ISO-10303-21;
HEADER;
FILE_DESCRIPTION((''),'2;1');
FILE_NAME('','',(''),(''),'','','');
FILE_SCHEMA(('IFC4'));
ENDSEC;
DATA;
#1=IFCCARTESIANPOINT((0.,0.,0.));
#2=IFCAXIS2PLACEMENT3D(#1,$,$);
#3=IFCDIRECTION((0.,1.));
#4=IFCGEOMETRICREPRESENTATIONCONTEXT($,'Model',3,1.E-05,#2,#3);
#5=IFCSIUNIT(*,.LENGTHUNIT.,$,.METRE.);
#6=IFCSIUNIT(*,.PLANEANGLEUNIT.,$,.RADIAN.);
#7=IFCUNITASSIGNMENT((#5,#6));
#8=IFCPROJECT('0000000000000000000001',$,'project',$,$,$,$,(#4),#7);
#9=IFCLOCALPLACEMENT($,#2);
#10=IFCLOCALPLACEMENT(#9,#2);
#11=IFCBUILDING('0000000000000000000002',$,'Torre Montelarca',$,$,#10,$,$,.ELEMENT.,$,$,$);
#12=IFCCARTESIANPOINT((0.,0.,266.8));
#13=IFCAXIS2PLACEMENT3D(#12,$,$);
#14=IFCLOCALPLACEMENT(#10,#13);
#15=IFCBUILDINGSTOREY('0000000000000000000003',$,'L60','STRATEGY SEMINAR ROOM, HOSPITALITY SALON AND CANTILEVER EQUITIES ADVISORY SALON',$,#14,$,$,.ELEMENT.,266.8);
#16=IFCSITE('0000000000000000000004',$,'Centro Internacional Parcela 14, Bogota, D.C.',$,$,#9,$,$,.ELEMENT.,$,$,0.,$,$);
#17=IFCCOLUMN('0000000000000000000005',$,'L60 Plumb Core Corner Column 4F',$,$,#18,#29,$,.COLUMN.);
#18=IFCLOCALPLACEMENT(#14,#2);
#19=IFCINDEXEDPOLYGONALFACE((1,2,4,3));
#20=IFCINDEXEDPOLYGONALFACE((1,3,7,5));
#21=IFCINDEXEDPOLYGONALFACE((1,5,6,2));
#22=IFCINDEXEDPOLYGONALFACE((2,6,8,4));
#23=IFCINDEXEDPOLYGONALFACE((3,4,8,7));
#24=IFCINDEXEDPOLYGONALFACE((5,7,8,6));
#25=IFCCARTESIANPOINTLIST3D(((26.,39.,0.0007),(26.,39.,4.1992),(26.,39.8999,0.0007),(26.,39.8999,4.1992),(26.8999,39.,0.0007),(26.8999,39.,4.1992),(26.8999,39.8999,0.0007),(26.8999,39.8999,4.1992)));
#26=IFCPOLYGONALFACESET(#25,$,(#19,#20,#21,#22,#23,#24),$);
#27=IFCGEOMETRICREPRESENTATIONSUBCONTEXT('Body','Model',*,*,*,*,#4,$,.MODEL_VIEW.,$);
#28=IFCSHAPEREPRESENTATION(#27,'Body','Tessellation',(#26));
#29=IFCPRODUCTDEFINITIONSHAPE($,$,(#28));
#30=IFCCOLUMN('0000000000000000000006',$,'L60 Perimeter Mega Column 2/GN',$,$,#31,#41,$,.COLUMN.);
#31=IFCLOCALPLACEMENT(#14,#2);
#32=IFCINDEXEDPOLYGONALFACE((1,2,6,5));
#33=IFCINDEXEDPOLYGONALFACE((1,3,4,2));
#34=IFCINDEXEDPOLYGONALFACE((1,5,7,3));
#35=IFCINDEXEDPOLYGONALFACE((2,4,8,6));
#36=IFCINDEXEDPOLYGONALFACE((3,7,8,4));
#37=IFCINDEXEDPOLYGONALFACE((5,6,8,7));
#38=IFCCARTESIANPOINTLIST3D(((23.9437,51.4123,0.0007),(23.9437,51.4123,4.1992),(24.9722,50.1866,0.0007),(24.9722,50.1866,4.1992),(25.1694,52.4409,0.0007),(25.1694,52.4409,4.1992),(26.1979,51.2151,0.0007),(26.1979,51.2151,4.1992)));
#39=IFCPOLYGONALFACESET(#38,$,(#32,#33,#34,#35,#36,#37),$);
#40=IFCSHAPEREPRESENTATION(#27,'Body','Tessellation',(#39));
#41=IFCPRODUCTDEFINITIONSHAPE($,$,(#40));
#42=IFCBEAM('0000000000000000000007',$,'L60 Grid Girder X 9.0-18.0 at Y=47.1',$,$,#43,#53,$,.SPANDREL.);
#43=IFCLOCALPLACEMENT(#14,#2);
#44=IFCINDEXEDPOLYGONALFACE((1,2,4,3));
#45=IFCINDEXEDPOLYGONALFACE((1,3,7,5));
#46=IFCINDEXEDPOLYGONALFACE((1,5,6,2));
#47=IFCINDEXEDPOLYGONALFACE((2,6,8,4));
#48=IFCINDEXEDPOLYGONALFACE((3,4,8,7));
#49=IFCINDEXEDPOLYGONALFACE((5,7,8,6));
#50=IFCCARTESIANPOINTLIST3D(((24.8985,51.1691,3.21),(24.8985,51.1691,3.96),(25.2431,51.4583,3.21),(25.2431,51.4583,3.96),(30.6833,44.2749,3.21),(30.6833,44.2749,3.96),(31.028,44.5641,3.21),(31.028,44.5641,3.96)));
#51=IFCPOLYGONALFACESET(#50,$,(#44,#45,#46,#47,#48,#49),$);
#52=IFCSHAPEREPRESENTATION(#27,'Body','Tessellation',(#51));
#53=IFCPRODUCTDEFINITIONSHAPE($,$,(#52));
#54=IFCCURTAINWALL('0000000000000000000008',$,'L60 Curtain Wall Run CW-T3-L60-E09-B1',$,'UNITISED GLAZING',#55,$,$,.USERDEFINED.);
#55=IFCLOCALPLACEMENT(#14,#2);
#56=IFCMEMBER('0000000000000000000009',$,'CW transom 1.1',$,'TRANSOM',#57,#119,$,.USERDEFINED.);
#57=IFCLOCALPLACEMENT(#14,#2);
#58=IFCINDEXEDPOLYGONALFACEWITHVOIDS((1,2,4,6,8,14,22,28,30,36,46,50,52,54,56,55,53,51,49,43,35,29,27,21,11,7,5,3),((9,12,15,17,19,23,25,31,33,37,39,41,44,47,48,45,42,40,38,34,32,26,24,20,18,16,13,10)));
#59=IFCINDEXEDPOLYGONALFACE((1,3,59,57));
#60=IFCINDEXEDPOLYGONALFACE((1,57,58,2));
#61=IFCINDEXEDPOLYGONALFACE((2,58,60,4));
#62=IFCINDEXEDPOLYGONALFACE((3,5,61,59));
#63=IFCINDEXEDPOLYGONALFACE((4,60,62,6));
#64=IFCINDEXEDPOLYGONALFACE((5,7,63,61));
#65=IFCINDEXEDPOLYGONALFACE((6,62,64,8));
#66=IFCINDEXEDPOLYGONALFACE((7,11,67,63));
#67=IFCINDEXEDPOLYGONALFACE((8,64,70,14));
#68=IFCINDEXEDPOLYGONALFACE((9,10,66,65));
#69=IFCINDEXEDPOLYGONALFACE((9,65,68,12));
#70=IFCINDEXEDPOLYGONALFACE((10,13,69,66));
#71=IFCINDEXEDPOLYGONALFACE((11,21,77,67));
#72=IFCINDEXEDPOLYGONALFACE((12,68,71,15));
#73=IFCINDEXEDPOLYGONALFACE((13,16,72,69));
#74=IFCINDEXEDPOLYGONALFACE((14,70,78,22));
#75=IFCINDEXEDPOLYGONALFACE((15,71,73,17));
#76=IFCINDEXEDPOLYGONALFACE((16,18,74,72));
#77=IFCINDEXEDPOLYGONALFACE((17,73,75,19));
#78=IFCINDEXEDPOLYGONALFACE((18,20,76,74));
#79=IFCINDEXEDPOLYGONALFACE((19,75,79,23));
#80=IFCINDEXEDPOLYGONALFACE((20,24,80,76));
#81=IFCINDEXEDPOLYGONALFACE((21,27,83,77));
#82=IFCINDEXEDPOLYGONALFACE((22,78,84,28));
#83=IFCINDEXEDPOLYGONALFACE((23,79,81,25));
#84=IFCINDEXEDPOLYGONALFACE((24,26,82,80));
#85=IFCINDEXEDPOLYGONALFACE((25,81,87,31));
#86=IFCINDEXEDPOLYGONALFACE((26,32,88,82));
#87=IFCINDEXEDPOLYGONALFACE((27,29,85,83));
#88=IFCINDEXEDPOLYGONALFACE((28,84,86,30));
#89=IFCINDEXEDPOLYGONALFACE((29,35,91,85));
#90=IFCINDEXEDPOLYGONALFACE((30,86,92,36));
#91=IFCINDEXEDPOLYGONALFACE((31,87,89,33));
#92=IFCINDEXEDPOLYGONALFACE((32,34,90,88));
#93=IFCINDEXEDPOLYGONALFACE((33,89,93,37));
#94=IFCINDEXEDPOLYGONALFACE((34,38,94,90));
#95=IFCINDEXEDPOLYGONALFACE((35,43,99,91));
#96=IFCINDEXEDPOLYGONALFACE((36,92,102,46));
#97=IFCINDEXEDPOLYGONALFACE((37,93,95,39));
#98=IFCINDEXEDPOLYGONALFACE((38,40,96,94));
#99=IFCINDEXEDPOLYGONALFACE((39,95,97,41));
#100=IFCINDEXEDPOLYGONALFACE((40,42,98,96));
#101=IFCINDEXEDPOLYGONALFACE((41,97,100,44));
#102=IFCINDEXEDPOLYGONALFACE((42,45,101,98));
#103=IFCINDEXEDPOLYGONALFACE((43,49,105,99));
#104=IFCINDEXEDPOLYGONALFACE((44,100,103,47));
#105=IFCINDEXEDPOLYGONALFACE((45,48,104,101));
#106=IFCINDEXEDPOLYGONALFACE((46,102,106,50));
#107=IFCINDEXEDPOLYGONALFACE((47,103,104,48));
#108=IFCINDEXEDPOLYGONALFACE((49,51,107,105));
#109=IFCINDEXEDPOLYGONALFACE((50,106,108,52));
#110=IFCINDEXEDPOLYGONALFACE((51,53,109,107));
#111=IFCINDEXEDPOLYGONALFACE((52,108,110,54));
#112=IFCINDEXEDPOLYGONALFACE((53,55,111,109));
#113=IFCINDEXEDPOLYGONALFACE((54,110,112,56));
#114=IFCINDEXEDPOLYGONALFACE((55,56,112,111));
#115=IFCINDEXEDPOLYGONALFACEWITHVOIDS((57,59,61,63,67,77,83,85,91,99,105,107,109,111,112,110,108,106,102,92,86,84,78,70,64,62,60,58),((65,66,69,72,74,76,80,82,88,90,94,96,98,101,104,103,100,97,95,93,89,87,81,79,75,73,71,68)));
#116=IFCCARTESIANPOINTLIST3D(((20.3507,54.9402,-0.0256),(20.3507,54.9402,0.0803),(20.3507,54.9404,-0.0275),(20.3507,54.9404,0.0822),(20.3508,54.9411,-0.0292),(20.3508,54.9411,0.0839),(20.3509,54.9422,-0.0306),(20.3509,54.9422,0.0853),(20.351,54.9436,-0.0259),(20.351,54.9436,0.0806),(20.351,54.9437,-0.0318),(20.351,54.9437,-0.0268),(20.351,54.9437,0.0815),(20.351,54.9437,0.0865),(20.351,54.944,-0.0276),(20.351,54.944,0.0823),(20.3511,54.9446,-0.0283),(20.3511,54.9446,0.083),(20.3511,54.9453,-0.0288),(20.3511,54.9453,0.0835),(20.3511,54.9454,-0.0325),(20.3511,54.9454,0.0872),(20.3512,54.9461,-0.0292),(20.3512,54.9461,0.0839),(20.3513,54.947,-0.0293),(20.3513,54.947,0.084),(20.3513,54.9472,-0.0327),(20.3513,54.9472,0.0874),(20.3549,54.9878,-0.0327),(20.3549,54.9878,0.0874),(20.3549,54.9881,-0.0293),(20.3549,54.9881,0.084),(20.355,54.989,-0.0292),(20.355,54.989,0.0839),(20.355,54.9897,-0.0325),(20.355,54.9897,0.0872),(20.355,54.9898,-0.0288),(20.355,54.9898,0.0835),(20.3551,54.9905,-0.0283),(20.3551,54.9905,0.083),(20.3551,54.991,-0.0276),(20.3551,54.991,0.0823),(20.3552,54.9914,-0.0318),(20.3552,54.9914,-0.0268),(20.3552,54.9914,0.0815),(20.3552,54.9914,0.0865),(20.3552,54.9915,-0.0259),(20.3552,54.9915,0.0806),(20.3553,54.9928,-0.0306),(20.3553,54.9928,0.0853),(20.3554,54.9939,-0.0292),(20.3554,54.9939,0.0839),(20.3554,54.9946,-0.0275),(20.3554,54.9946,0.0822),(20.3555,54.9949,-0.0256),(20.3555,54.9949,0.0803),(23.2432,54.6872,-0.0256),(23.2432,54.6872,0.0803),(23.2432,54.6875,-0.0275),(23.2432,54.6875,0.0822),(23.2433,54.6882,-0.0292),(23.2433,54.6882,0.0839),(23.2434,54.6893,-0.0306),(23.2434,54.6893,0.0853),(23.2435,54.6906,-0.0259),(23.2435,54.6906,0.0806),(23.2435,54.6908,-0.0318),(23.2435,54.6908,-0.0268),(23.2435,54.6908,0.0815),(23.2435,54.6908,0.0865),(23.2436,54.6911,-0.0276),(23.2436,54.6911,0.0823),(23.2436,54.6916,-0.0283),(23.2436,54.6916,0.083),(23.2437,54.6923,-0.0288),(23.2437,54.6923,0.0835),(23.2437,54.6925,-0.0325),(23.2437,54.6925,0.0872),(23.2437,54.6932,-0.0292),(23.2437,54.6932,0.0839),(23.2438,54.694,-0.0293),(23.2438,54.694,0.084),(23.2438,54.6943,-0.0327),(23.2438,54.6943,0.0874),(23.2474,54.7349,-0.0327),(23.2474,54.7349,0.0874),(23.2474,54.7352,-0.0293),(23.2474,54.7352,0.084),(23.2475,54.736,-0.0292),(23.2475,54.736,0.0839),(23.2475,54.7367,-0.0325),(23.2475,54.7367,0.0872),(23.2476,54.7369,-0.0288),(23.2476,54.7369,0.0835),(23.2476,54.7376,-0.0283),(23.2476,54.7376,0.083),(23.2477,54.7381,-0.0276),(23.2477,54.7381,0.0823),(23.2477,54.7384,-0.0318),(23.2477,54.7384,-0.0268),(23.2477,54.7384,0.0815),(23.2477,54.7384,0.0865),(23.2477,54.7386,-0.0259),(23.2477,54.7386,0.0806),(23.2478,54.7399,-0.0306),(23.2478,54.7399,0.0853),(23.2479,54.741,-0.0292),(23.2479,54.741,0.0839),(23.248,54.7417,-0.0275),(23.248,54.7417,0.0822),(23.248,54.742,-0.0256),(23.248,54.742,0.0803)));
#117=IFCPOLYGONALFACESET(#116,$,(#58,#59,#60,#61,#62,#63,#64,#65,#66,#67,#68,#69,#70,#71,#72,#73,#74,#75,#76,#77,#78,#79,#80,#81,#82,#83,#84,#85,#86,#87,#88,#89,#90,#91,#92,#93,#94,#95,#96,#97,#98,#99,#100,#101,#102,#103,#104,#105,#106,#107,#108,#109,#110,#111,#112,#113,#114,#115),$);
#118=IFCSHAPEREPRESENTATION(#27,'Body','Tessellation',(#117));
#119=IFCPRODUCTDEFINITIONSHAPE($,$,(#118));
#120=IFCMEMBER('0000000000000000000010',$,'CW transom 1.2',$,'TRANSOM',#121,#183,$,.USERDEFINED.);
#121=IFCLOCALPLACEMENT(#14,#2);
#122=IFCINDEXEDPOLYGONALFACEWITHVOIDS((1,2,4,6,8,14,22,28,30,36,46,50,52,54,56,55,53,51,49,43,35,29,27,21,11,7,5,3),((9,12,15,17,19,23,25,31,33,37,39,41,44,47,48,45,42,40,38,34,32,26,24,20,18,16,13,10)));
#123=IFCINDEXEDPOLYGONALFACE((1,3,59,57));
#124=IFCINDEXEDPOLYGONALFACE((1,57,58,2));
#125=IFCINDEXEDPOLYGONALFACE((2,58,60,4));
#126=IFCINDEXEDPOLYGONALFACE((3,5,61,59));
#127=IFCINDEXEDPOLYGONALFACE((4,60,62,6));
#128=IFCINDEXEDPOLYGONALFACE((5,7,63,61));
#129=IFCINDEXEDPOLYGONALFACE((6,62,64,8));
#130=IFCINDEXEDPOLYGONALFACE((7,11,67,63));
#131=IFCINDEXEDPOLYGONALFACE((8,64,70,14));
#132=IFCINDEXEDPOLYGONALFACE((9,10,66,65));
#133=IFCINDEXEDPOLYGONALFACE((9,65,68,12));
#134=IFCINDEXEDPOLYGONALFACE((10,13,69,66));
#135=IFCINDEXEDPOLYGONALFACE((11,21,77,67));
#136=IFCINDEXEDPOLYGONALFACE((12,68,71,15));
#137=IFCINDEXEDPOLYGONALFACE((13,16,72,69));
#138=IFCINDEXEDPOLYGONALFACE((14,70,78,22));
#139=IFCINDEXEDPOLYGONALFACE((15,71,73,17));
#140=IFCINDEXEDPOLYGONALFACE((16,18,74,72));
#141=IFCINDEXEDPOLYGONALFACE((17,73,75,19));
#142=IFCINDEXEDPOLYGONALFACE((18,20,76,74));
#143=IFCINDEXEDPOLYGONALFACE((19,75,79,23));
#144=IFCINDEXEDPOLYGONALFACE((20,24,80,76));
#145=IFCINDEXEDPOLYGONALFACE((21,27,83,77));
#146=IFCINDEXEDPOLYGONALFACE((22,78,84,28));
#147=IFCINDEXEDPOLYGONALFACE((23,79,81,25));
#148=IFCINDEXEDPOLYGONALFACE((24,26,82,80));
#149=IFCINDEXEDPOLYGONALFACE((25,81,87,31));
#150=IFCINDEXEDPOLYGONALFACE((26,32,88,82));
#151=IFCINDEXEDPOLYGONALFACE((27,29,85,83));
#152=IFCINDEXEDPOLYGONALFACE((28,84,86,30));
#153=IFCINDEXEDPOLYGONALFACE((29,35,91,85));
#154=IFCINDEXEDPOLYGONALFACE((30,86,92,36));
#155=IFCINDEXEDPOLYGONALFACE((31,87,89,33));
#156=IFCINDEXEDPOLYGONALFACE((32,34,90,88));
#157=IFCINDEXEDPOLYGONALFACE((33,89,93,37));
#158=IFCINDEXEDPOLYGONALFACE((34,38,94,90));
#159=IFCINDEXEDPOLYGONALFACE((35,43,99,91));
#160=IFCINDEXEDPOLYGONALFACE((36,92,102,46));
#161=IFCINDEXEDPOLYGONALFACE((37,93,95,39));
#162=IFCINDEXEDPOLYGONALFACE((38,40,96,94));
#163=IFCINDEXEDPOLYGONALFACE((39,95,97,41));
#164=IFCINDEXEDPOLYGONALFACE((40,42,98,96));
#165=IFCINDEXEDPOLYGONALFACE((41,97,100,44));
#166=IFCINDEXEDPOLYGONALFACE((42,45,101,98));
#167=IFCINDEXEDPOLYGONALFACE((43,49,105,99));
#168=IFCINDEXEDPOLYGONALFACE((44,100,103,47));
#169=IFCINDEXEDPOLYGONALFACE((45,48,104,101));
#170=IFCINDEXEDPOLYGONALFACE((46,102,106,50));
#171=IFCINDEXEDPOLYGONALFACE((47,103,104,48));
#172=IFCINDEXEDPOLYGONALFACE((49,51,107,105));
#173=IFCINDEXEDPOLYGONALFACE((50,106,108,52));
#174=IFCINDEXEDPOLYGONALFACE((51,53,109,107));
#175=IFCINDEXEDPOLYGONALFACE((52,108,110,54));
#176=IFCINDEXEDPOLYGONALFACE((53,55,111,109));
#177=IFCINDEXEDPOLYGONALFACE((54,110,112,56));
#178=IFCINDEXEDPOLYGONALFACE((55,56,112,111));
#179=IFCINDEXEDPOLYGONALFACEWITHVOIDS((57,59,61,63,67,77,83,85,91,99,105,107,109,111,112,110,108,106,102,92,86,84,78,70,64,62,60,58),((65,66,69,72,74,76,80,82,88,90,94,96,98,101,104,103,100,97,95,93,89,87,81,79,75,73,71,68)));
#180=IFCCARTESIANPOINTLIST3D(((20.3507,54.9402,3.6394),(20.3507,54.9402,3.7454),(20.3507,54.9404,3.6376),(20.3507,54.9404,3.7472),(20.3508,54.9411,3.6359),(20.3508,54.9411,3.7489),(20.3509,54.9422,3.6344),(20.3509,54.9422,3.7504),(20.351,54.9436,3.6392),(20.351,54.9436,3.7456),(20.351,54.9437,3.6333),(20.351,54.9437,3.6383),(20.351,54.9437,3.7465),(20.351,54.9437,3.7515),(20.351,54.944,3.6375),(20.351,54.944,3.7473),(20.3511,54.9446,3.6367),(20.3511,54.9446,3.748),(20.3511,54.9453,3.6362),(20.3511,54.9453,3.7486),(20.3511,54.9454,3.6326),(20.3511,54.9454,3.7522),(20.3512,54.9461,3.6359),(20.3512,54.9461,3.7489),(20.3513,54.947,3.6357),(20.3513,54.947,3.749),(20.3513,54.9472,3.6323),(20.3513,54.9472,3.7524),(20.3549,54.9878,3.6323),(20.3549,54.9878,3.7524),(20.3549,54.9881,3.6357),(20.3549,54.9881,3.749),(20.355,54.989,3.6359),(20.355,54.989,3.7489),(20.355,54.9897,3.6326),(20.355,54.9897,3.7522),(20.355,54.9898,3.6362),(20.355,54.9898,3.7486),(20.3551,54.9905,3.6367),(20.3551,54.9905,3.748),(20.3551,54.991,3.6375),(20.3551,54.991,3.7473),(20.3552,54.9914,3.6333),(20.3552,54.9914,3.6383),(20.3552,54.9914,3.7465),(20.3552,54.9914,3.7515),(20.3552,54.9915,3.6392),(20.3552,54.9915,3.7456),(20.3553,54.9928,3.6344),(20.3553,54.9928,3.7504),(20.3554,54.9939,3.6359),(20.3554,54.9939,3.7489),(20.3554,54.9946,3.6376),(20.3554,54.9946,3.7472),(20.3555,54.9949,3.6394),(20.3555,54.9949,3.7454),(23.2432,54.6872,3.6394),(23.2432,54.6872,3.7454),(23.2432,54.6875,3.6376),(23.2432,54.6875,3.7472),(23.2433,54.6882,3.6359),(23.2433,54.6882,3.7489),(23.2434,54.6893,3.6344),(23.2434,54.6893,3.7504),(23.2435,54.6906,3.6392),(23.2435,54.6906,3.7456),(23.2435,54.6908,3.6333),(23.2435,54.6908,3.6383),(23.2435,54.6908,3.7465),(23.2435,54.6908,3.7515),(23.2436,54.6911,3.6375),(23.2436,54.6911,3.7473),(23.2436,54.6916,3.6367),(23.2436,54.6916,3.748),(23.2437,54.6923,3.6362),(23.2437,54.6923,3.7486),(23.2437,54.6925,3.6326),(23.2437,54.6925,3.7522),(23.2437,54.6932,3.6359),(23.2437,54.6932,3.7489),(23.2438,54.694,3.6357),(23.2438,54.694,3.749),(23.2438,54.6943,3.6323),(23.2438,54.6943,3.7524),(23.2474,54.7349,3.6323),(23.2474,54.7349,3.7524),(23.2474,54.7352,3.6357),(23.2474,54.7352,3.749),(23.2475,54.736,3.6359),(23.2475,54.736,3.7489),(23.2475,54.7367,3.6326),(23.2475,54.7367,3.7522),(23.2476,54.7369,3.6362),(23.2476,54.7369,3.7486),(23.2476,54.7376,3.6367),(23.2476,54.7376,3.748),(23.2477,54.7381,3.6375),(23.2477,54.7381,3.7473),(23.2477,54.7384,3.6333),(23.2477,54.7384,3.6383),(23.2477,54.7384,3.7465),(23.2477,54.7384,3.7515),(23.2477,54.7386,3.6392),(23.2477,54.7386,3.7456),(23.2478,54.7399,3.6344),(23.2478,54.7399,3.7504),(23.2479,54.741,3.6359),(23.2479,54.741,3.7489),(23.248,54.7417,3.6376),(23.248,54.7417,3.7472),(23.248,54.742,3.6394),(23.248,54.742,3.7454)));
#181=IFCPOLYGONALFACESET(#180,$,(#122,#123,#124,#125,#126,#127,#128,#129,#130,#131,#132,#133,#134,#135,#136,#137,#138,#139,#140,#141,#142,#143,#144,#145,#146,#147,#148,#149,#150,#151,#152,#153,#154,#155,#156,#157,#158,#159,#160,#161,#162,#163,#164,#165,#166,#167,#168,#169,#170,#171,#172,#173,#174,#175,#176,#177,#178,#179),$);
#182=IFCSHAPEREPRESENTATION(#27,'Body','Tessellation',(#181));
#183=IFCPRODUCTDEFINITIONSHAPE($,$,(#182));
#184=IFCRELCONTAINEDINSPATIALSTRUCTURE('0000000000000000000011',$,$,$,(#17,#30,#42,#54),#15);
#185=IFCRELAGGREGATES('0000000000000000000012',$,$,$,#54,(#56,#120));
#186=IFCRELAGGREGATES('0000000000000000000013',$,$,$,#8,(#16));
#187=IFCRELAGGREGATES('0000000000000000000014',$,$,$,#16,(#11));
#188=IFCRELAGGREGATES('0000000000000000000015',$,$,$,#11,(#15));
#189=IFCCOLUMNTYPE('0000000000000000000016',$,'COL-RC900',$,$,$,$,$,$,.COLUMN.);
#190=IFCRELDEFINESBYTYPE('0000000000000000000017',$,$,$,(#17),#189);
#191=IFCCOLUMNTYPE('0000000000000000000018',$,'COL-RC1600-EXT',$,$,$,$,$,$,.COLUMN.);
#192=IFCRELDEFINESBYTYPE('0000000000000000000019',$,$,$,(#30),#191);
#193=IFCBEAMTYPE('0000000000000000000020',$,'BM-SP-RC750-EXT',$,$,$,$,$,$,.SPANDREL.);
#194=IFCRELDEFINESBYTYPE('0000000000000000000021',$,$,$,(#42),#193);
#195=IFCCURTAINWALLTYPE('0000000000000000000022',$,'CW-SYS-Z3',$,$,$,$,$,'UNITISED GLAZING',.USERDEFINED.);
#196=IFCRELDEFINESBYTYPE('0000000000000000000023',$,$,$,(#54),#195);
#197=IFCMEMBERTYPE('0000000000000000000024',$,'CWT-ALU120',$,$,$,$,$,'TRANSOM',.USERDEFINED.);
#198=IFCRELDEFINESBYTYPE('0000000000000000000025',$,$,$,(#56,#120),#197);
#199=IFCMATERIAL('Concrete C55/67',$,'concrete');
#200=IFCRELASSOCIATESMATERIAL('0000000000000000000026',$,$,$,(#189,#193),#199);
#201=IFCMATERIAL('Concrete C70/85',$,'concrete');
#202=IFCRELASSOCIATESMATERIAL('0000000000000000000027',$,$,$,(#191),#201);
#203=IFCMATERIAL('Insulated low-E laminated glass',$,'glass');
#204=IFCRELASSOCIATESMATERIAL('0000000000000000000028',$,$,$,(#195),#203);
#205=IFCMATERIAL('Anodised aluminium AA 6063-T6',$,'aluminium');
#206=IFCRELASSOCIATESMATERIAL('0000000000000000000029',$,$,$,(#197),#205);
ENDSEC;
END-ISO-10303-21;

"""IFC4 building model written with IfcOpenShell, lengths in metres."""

from ifc_helpers import new_model, si_unit, direction, frame, origin, origin_2d, place, context, subcontext, project, spatial, rectangle, hollow_rectangle, extrude, source, transform, mapped, material, material_profile, profile_set, type_object, element, aggregate, save


model = new_model("IFC4")

# Units and contexts
model_context = context("Model", 3, precision=1e-05, world=origin(), true_north=direction((0.0, 1.0)))
body_context = subcontext(model_context, "Body", "Model", "MODEL_VIEW")
ifc_project = project(units=[si_unit("LENGTHUNIT", "METRE"), si_unit("PLANEANGLEUNIT", "RADIAN")], contexts=[model_context])

# Site, building, storey
site_placement = place(None, origin())
site = spatial("IfcSite", under=ifc_project, at=site_placement, Name="Centro Internacional Parcela 14, Bogota, D.C.", CompositionType="ELEMENT", RefElevation=0.0)
building_placement = place(site_placement, origin())
building = spatial("IfcBuilding", under=site, at=building_placement, Name="Torre Montelarca", CompositionType="ELEMENT")
storey_placement = place(building_placement, frame((0.0, 0.0, 266.8)))
storey = spatial("IfcBuildingStorey", under=building, at=storey_placement, Name="L60", Description="STRATEGY SEMINAR ROOM, HOSPITALITY SALON AND CANTILEVER EQUITIES ADVISORY SALON", CompositionType="ELEMENT", Elevation=266.8)

# Columns
ifc_material_1 = material(Name="Concrete C55/67", Category="concrete")
ifc_material_profile_1 = material_profile(ifc_material_1, rectangle(XDim=0.8999, YDim=0.8999, at=origin_2d()), Name="RC900X900", Category="concrete")
ifc_profile_set_1 = profile_set([ifc_material_profile_1], Name="Concrete C55/67")
column_type_1 = type_object("IfcColumnType", Name="COL-RC900", PredefinedType="COLUMN", material=ifc_profile_set_1)
shared_shape_1 = source(origin(), body_context, "Body", "SweptSolid", [
    extrude(rectangle(XDim=0.8999, YDim=0.8999, at=origin_2d()), origin(), (0.0, 0.0, 1.0), 4.1985),
])
column_1_placement = place(storey_placement, frame((26.45, 39.45, 0.0007), z_axis=(0.0, 0.0, 1.0), x_axis=(1.0, 0.0, 0.0)))
element("IfcColumn", 1, at=column_1_placement, inside=storey, type_object=column_type_1, Name="L60 Plumb Core Corner Column 4F", PredefinedType="COLUMN", context=body_context, shape_type="MappedRepresentation", body=[
    mapped(shared_shape_1, transform((0.0, 0.0, 0.0), scale=1.0)),
])
ifc_material_2 = material(Name="Concrete C70/85", Category="concrete")
ifc_material_profile_2 = material_profile(ifc_material_2, rectangle(XDim=1.6001, YDim=1.6001, at=origin_2d()), Name="RC1600X1600", Category="concrete")
ifc_profile_set_2 = profile_set([ifc_material_profile_2], Name="Concrete C70/85")
column_type_2 = type_object("IfcColumnType", Name="COL-RC1600-EXT", PredefinedType="COLUMN", material=ifc_profile_set_2)
shared_shape_2 = source(origin(), body_context, "Body", "SweptSolid", [
    extrude(rectangle(XDim=1.6001, YDim=1.6001, at=origin_2d()), origin(), (0.0, 0.0, 1.0), 4.1985),
])
column_2_placement = place(storey_placement, frame((25.0708, 51.3137, 0.0007), z_axis=(0.0, 0.0, 1.0), x_axis=(-0.642788, 0.766044, 0.0)))
element("IfcColumn", 2, at=column_2_placement, inside=storey, type_object=column_type_2, Name="L60 Perimeter Mega Column 2/GN", PredefinedType="COLUMN", context=body_context, shape_type="MappedRepresentation", body=[
    mapped(shared_shape_2, transform((0.0, 0.0, 0.0), scale=1.0)),
])

# Beam
ifc_material_profile_3 = material_profile(ifc_material_1, rectangle(XDim=0.45, YDim=0.75, at=origin_2d()), Name="RCB450X750", Category="concrete")
ifc_profile_set_3 = profile_set([ifc_material_profile_3], Name="Concrete C55/67")
beam_type = type_object("IfcBeamType", Name="BM-SP-RC750-EXT", PredefinedType="SPANDREL", material=ifc_profile_set_3)
shared_shape_3 = source(origin(), body_context, "Body", "SweptSolid", [
    extrude(rectangle(XDim=0.45, YDim=0.75, at=origin_2d()), origin(), (0.0, 0.0, 1.0), 8.9998),
])
beam_placement = place(storey_placement, frame((25.0708, 51.3137, 3.585), z_axis=(0.642782, -0.766049, 0.0), x_axis=(0.766049, 0.642782, 0.0)))
element("IfcBeam", 3, at=beam_placement, inside=storey, type_object=beam_type, Name="L60 Grid Girder X 9.0-18.0 at Y=47.1", PredefinedType="SPANDREL", context=body_context, shape_type="MappedRepresentation", body=[
    mapped(shared_shape_3, transform((0.0, 0.0, 0.0), scale=1.0)),
])

# Curtain wall, members
ifc_material_3 = material(Name="Insulated low-E laminated glass", Category="glass")
curtain_wall_type = type_object("IfcCurtainWallType", Name="CW-SYS-Z3", ElementType="UNITISED GLAZING", PredefinedType="USERDEFINED", material=ifc_material_3)
curtain_wall_1_placement = place(storey_placement, origin())
curtain_wall_1 = element("IfcCurtainWall", 4, at=curtain_wall_1_placement, inside=storey, type_object=curtain_wall_type, Name="L60 Curtain Wall Run CW-T3-L60-E09-B1", ObjectType="UNITISED GLAZING", PredefinedType="USERDEFINED")
ifc_material_4 = material(Name="Anodised aluminium AA 6063-T6", Category="aluminium")
ifc_material_profile_4 = material_profile(ifc_material_4, hollow_rectangle(XDim=0.0549, YDim=0.1201, WallThickness=0.0034, InnerFilletRadius=0.0034, OuterFilletRadius=0.0071, at=origin_2d()), Name="ALU55X120X3.5", Category="aluminium")
ifc_profile_set_4 = profile_set([ifc_material_profile_4], Name="Anodised aluminium AA 6063-T6")
member_type_1 = type_object("IfcMemberType", Name="CWT-ALU120", ElementType="TRANSOM", PredefinedType="USERDEFINED", material=ifc_profile_set_4)
shared_shape_4 = source(origin(), body_context, "Body", "SweptSolid", [
    extrude(hollow_rectangle(XDim=0.0549, YDim=0.1201, WallThickness=0.0034, InnerFilletRadius=0.0034, OuterFilletRadius=0.0071, at=origin_2d()), origin(), (0.0, 0.0, 1.0), 2.9036),
])
member_1_placement = place(storey_placement, frame((23.2456, 54.7146, 0.0273), z_axis=(-0.996199, 0.087109, 0.0), x_axis=(-0.087109, -0.996199, 0.0)))
member_1 = element("IfcMember", 5, at=member_1_placement, type_object=member_type_1, Name="CW transom 1.1", ObjectType="TRANSOM", PredefinedType="USERDEFINED", context=body_context, shape_type="MappedRepresentation", body=[
    mapped(shared_shape_4, transform((0.0, 0.0, 0.0), scale=1.0)),
])
member_2_placement = place(storey_placement, frame((23.2456, 54.7146, 3.6924), z_axis=(-0.996199, 0.087109, 0.0), x_axis=(-0.087109, -0.996199, 0.0)))
member_2 = element("IfcMember", 6, at=member_2_placement, type_object=member_type_1, Name="CW transom 1.2", ObjectType="TRANSOM", PredefinedType="USERDEFINED", context=body_context, shape_type="MappedRepresentation", body=[
    mapped(shared_shape_4, transform((0.0, 0.0, 0.0), scale=1.0)),
])

aggregate(curtain_wall_1, [member_1, member_2])

save(model, "model.ifc")
